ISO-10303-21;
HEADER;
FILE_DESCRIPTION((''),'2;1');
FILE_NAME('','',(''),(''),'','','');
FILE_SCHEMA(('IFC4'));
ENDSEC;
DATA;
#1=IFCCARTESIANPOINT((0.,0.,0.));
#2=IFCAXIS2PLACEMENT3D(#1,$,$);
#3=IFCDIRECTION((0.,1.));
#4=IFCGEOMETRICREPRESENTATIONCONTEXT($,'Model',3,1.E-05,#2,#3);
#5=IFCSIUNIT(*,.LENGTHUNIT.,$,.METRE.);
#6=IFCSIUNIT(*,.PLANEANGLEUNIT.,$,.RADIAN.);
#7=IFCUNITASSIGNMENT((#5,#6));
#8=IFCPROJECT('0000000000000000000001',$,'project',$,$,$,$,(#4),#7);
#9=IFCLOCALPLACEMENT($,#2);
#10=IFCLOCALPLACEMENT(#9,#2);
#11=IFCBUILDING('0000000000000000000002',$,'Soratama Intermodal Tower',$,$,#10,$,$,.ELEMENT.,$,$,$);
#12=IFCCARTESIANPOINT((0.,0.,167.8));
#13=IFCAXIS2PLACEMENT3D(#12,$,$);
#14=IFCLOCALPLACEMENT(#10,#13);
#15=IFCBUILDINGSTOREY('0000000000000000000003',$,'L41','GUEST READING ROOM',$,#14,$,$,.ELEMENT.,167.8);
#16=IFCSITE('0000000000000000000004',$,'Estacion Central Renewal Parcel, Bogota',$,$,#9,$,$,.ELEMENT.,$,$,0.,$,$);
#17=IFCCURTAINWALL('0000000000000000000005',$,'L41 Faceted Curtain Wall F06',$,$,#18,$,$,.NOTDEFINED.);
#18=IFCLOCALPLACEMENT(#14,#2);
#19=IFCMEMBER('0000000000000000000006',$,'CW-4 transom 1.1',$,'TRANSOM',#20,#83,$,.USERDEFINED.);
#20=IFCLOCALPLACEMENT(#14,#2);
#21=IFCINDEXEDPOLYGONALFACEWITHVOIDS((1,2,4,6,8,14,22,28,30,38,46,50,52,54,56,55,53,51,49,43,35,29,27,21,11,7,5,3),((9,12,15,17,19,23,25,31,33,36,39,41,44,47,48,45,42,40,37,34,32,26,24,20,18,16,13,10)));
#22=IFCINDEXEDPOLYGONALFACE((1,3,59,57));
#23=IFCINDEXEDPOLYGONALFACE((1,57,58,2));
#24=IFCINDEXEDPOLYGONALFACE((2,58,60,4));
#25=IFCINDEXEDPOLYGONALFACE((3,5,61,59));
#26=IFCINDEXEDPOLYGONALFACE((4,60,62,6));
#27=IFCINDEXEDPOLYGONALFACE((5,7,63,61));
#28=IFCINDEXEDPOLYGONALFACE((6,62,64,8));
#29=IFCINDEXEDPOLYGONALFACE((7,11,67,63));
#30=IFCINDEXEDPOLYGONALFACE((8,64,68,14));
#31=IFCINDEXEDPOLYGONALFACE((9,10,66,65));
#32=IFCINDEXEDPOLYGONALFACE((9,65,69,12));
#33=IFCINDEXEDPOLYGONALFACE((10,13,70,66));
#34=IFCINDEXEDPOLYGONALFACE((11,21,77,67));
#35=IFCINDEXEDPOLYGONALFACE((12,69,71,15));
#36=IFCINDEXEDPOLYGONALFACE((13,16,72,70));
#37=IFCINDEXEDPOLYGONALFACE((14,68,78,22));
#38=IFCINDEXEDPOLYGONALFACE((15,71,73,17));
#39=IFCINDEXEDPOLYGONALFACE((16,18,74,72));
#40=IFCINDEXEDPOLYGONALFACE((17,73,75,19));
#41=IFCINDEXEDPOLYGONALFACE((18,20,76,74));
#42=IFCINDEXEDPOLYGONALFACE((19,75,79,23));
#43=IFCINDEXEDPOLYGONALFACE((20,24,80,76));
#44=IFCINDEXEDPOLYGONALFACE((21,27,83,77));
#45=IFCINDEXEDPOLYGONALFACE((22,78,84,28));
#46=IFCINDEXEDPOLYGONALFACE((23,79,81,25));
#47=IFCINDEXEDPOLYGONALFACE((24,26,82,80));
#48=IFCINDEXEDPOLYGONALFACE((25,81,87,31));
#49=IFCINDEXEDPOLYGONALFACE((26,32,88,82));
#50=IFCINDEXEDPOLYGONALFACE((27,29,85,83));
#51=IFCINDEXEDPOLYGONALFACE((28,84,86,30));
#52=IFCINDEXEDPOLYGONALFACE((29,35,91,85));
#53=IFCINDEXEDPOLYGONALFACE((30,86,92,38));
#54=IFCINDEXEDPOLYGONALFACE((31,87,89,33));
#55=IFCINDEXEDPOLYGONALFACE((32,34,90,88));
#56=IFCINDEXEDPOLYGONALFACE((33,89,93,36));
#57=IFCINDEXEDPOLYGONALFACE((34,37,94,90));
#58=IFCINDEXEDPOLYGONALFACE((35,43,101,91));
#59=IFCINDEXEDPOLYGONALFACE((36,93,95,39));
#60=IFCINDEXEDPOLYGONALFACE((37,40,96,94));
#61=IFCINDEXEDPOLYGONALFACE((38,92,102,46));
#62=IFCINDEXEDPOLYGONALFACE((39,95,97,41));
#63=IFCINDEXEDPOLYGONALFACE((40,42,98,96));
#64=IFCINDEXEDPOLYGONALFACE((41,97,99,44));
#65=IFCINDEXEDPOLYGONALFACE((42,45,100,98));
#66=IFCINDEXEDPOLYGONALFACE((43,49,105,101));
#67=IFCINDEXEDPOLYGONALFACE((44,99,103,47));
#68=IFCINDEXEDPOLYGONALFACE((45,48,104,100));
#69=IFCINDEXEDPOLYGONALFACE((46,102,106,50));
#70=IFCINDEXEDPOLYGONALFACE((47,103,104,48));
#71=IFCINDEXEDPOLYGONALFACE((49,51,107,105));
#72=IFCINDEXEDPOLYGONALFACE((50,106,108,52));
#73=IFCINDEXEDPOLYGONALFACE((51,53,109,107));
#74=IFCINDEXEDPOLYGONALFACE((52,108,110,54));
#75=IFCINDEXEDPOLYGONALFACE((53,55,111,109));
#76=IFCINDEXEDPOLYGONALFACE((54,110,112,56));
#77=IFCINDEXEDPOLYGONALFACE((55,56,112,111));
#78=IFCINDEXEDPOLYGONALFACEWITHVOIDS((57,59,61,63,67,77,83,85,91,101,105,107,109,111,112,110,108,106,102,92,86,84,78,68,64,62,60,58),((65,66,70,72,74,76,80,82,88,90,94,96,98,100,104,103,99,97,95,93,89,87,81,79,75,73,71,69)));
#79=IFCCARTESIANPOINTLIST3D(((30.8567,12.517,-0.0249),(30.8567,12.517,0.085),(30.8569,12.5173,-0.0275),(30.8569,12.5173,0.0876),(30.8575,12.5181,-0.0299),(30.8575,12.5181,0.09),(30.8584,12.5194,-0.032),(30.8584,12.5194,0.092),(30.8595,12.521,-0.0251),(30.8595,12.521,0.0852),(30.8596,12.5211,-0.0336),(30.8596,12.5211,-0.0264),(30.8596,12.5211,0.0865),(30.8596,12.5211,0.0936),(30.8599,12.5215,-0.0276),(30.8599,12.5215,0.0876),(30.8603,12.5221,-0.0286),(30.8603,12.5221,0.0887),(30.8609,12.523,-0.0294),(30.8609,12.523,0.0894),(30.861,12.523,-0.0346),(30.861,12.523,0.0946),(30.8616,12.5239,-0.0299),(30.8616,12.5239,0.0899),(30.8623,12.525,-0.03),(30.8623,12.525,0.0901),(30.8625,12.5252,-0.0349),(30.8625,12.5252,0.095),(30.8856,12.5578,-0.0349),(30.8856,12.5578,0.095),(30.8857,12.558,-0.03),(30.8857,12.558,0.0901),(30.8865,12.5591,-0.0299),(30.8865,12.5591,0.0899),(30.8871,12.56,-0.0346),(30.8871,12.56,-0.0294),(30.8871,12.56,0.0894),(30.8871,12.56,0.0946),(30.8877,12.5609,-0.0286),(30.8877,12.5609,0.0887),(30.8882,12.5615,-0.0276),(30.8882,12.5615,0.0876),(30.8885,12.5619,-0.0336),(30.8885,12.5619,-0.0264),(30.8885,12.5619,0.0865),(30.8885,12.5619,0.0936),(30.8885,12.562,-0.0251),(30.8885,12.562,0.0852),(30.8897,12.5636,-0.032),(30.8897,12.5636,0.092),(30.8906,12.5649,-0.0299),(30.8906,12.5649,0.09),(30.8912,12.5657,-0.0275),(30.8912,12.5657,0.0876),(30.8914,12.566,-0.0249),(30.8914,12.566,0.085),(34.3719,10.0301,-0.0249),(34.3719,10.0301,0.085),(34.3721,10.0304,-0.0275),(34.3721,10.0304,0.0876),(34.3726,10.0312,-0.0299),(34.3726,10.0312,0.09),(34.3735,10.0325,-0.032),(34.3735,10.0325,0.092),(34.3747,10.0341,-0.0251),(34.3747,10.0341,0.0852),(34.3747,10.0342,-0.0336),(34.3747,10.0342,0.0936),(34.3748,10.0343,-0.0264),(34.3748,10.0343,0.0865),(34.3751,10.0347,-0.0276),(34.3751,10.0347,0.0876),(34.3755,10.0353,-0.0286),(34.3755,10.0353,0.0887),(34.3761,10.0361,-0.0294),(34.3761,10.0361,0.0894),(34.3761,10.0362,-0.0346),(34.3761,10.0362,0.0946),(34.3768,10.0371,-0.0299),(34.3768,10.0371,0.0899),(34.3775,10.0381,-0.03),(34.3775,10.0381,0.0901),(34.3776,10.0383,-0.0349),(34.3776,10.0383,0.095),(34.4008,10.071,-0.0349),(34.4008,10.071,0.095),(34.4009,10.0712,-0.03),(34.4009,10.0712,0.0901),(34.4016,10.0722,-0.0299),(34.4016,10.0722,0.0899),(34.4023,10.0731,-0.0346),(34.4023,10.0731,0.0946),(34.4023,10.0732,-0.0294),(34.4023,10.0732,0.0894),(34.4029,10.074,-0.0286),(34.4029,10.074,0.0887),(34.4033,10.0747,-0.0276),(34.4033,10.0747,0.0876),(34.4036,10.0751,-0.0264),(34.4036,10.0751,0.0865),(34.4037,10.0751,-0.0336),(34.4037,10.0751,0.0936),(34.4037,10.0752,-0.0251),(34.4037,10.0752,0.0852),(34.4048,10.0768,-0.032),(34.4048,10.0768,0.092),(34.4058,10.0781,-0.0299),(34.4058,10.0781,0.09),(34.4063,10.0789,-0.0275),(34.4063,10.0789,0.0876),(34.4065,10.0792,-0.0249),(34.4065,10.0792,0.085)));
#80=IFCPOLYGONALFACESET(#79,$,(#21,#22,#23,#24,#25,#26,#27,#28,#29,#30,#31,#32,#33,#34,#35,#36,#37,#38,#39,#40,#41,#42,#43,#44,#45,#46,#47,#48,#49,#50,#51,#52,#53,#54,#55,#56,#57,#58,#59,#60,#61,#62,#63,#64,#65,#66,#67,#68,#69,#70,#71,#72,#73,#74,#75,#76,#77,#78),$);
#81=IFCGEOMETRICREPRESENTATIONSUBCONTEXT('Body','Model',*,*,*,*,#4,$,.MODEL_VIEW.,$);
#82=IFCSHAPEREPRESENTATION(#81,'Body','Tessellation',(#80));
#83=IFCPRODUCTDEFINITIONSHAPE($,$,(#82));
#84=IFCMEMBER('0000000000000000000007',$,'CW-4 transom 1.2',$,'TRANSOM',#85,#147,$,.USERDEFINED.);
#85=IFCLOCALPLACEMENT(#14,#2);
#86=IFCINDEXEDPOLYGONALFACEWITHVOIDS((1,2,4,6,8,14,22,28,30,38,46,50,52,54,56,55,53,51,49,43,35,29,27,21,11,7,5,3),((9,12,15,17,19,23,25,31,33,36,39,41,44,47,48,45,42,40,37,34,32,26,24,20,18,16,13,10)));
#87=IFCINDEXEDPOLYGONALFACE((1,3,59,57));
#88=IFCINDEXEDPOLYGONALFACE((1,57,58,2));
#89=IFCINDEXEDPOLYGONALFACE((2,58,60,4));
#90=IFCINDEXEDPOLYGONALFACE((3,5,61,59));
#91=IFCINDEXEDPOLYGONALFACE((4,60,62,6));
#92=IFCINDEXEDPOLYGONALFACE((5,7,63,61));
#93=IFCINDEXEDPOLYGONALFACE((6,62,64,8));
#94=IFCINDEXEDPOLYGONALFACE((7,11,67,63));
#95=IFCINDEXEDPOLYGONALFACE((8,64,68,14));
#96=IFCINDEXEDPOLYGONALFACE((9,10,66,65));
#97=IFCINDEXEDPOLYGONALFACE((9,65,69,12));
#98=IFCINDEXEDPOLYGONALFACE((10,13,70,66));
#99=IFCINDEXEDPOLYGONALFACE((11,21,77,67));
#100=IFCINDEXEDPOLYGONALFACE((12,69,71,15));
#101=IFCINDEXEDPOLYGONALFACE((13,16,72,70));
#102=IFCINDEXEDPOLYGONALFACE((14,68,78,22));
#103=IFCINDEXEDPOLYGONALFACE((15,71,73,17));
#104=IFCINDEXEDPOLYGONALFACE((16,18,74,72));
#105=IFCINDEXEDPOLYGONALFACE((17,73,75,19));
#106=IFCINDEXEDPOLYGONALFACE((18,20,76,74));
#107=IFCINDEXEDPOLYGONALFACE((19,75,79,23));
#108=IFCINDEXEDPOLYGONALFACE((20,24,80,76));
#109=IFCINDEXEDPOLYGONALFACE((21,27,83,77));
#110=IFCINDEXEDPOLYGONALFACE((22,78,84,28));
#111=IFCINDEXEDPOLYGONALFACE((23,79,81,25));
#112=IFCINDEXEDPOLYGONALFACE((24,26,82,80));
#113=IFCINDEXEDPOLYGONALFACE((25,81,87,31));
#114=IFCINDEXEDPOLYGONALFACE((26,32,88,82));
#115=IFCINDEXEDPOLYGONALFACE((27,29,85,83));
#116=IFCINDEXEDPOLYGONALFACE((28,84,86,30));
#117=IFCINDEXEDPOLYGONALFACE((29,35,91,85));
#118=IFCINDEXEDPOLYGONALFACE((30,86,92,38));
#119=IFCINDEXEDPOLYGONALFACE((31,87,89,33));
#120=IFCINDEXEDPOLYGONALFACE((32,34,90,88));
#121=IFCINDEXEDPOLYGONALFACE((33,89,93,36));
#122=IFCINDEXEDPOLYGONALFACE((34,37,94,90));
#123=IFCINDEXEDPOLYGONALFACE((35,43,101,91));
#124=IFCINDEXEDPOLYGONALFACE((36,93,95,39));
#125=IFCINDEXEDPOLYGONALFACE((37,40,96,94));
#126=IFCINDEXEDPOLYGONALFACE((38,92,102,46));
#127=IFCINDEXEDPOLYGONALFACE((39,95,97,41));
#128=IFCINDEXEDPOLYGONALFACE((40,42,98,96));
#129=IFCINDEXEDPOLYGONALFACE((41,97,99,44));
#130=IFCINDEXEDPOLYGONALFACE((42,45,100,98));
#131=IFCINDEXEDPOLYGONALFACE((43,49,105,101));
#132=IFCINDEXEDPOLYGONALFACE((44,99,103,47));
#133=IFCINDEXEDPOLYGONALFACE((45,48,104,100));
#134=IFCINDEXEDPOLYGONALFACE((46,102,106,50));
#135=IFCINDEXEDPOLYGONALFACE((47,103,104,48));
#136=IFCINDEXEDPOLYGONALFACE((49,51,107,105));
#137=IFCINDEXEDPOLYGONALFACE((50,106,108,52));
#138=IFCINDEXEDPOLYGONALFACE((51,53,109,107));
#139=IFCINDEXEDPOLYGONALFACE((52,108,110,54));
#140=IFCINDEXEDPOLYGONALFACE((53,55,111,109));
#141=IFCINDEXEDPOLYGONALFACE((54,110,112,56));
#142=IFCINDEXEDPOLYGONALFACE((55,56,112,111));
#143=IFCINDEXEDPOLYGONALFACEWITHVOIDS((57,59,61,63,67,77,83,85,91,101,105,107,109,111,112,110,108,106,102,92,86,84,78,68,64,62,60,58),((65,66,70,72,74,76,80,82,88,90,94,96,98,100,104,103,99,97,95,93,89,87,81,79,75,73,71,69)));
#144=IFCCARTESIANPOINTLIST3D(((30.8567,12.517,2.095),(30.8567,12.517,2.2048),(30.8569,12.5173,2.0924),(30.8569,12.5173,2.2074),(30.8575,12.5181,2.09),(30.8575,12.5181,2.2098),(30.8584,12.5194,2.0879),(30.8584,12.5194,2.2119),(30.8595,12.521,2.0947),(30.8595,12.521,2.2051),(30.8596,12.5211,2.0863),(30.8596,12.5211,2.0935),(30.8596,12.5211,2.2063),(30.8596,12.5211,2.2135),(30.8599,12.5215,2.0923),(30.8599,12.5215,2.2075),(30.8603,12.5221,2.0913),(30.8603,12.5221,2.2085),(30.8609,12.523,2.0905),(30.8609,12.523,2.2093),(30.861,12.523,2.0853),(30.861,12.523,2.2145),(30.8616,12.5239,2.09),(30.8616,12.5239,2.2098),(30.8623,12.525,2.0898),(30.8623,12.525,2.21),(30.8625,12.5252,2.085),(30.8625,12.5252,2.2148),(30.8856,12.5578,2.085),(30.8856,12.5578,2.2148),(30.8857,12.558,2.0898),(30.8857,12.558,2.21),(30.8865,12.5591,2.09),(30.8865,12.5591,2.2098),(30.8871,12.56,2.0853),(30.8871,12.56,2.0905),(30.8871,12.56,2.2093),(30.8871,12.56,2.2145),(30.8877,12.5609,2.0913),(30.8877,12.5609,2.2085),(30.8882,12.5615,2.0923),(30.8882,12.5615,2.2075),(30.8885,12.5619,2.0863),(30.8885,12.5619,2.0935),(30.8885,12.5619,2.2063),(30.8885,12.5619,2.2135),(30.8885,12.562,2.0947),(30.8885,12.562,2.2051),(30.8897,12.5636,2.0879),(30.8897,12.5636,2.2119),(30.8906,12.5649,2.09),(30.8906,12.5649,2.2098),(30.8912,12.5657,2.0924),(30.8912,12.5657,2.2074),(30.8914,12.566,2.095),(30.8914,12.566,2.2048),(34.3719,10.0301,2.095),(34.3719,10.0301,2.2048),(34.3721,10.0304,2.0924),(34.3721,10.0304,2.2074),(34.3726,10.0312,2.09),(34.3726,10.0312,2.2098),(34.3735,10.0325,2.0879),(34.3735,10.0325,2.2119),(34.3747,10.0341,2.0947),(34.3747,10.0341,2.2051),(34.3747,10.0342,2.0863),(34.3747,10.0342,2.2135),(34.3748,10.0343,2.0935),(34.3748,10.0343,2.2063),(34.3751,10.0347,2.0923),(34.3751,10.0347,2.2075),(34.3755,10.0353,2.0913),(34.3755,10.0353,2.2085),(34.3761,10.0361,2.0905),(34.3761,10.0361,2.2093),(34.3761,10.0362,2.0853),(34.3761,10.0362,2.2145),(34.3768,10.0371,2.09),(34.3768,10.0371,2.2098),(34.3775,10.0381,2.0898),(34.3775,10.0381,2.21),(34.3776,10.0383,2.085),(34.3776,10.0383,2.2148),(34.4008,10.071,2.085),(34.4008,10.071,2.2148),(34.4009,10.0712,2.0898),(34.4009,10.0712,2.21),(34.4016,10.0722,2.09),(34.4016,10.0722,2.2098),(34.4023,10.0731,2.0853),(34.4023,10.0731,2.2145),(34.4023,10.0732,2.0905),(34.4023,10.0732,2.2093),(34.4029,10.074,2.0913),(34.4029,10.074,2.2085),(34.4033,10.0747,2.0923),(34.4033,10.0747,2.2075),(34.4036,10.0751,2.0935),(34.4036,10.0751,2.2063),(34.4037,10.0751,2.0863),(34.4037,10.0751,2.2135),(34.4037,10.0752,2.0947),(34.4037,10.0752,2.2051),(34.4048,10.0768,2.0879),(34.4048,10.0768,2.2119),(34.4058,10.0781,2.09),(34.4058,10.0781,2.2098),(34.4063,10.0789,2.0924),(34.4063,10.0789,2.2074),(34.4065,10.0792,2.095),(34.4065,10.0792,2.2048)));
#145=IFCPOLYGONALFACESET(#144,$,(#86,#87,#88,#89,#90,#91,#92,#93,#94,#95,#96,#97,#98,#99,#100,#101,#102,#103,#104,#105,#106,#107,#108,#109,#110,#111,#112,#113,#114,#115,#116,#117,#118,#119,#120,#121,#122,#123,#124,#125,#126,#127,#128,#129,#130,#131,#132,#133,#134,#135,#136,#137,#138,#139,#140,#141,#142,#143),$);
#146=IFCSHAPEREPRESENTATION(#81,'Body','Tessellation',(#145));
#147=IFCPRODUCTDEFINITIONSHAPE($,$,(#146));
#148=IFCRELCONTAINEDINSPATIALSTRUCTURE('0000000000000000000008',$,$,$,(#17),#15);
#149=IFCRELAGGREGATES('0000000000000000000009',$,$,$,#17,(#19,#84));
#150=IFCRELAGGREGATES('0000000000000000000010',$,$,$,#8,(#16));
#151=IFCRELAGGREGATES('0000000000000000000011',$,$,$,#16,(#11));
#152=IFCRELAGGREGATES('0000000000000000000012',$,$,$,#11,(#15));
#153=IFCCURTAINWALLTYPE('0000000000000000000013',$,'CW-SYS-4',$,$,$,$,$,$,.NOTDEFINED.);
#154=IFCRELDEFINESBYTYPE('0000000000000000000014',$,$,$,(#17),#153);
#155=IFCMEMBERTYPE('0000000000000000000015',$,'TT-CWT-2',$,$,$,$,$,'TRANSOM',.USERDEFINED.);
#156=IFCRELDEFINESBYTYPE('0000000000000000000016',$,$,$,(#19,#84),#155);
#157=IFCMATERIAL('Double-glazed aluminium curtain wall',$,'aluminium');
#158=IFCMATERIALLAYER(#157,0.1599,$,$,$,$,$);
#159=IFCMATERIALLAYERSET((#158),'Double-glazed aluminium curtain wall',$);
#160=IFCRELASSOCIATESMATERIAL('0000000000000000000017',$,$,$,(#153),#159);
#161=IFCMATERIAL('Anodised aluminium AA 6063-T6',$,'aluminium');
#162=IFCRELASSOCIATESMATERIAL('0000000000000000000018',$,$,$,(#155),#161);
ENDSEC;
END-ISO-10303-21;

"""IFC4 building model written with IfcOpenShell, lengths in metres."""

from ifc_helpers import new_model, si_unit, direction, frame, origin, origin_2d, place, context, subcontext, project, spatial, hollow_rectangle, extrude, material, layer, layer_set, material_profile, profile_set, type_object, element, aggregate, save


model = new_model("IFC4")

# Units and contexts
model_context = context("Model", 3, precision=1e-05, world=origin(), true_north=direction((0.0, 1.0)))
body_context = subcontext(model_context, "Body", "Model", "MODEL_VIEW")
ifc_project = project(units=[si_unit("LENGTHUNIT", "METRE"), si_unit("PLANEANGLEUNIT", "RADIAN")], contexts=[model_context])

# Site, building, storey
site_placement = place(None, origin())
site = spatial("IfcSite", under=ifc_project, at=site_placement, Name="Estacion Central Renewal Parcel, Bogota", CompositionType="ELEMENT", RefElevation=0.0)
building_placement = place(site_placement, origin())
building = spatial("IfcBuilding", under=site, at=building_placement, Name="Soratama Intermodal Tower", CompositionType="ELEMENT")
storey_placement = place(building_placement, frame((0.0, 0.0, 167.8)))
storey = spatial("IfcBuildingStorey", under=building, at=storey_placement, Name="L41", Description="GUEST READING ROOM", CompositionType="ELEMENT", Elevation=167.8)

# Shared definitions
ifc_material_1 = material(Name="Double-glazed aluminium curtain wall", Category="aluminium")
ifc_layer_1 = layer(ifc_material_1, 0.1599)
ifc_layer_set_1 = layer_set([ifc_layer_1], Name="Double-glazed aluminium curtain wall")
curtain_wall_type = type_object("IfcCurtainWallType", Name="CW-SYS-4", PredefinedType="NOTDEFINED", material=ifc_layer_set_1)

# Curtain wall, members
curtain_wall_1_placement = place(storey_placement, origin())
curtain_wall_1 = element("IfcCurtainWall", 1, at=curtain_wall_1_placement, inside=storey, type_object=curtain_wall_type, Name="L41 Faceted Curtain Wall F06", PredefinedType="NOTDEFINED")
ifc_material_2 = material(Name="Anodised aluminium AA 6063-T6", Category="aluminium")
ifc_material_profile_1 = material_profile(ifc_material_2, hollow_rectangle(XDim=0.0601, YDim=0.1299, WallThickness=0.0049, InnerFilletRadius=0.0049, OuterFilletRadius=0.01, at=origin_2d()), Name="CWT130X60X5")
ifc_profile_set_1 = profile_set([ifc_material_profile_1], Name="Anodised aluminium AA 6063-T6")
member_type_1 = type_object("IfcMemberType", Name="TT-CWT-2", ElementType="TRANSOM", PredefinedType="USERDEFINED", material=ifc_profile_set_1)
member_1_placement = place(storey_placement, frame((30.874, 12.5415, 0.03), z_axis=(0.816361, -0.577542, 0.0), x_axis=(0.577542, 0.816361, 0.0)))
member_1 = element("IfcMember", 2, at=member_1_placement, type_object=member_type_1, Name="CW-4 transom 1.1", ObjectType="TRANSOM", PredefinedType="USERDEFINED", context=body_context, shape_type="SweptSolid", body=[
    extrude(hollow_rectangle(XDim=0.0601, YDim=0.1299, WallThickness=0.0049, InnerFilletRadius=0.0049, OuterFilletRadius=0.01, at=origin_2d()), origin(), (0.0, 0.0, 1.0), 4.3059),
])
member_2_placement = place(storey_placement, frame((30.874, 12.5415, 2.1499), z_axis=(0.816361, -0.577542, 0.0), x_axis=(0.577542, 0.816361, 0.0)))
member_2 = element("IfcMember", 3, at=member_2_placement, type_object=member_type_1, Name="CW-4 transom 1.2", ObjectType="TRANSOM", PredefinedType="USERDEFINED", context=body_context, shape_type="SweptSolid", body=[
    extrude(hollow_rectangle(XDim=0.0601, YDim=0.1299, WallThickness=0.0049, InnerFilletRadius=0.0049, OuterFilletRadius=0.01, at=origin_2d()), origin(), (0.0, 0.0, 1.0), 4.3059),
])

aggregate(curtain_wall_1, [member_1, member_2])

save(model, "model.ifc")
